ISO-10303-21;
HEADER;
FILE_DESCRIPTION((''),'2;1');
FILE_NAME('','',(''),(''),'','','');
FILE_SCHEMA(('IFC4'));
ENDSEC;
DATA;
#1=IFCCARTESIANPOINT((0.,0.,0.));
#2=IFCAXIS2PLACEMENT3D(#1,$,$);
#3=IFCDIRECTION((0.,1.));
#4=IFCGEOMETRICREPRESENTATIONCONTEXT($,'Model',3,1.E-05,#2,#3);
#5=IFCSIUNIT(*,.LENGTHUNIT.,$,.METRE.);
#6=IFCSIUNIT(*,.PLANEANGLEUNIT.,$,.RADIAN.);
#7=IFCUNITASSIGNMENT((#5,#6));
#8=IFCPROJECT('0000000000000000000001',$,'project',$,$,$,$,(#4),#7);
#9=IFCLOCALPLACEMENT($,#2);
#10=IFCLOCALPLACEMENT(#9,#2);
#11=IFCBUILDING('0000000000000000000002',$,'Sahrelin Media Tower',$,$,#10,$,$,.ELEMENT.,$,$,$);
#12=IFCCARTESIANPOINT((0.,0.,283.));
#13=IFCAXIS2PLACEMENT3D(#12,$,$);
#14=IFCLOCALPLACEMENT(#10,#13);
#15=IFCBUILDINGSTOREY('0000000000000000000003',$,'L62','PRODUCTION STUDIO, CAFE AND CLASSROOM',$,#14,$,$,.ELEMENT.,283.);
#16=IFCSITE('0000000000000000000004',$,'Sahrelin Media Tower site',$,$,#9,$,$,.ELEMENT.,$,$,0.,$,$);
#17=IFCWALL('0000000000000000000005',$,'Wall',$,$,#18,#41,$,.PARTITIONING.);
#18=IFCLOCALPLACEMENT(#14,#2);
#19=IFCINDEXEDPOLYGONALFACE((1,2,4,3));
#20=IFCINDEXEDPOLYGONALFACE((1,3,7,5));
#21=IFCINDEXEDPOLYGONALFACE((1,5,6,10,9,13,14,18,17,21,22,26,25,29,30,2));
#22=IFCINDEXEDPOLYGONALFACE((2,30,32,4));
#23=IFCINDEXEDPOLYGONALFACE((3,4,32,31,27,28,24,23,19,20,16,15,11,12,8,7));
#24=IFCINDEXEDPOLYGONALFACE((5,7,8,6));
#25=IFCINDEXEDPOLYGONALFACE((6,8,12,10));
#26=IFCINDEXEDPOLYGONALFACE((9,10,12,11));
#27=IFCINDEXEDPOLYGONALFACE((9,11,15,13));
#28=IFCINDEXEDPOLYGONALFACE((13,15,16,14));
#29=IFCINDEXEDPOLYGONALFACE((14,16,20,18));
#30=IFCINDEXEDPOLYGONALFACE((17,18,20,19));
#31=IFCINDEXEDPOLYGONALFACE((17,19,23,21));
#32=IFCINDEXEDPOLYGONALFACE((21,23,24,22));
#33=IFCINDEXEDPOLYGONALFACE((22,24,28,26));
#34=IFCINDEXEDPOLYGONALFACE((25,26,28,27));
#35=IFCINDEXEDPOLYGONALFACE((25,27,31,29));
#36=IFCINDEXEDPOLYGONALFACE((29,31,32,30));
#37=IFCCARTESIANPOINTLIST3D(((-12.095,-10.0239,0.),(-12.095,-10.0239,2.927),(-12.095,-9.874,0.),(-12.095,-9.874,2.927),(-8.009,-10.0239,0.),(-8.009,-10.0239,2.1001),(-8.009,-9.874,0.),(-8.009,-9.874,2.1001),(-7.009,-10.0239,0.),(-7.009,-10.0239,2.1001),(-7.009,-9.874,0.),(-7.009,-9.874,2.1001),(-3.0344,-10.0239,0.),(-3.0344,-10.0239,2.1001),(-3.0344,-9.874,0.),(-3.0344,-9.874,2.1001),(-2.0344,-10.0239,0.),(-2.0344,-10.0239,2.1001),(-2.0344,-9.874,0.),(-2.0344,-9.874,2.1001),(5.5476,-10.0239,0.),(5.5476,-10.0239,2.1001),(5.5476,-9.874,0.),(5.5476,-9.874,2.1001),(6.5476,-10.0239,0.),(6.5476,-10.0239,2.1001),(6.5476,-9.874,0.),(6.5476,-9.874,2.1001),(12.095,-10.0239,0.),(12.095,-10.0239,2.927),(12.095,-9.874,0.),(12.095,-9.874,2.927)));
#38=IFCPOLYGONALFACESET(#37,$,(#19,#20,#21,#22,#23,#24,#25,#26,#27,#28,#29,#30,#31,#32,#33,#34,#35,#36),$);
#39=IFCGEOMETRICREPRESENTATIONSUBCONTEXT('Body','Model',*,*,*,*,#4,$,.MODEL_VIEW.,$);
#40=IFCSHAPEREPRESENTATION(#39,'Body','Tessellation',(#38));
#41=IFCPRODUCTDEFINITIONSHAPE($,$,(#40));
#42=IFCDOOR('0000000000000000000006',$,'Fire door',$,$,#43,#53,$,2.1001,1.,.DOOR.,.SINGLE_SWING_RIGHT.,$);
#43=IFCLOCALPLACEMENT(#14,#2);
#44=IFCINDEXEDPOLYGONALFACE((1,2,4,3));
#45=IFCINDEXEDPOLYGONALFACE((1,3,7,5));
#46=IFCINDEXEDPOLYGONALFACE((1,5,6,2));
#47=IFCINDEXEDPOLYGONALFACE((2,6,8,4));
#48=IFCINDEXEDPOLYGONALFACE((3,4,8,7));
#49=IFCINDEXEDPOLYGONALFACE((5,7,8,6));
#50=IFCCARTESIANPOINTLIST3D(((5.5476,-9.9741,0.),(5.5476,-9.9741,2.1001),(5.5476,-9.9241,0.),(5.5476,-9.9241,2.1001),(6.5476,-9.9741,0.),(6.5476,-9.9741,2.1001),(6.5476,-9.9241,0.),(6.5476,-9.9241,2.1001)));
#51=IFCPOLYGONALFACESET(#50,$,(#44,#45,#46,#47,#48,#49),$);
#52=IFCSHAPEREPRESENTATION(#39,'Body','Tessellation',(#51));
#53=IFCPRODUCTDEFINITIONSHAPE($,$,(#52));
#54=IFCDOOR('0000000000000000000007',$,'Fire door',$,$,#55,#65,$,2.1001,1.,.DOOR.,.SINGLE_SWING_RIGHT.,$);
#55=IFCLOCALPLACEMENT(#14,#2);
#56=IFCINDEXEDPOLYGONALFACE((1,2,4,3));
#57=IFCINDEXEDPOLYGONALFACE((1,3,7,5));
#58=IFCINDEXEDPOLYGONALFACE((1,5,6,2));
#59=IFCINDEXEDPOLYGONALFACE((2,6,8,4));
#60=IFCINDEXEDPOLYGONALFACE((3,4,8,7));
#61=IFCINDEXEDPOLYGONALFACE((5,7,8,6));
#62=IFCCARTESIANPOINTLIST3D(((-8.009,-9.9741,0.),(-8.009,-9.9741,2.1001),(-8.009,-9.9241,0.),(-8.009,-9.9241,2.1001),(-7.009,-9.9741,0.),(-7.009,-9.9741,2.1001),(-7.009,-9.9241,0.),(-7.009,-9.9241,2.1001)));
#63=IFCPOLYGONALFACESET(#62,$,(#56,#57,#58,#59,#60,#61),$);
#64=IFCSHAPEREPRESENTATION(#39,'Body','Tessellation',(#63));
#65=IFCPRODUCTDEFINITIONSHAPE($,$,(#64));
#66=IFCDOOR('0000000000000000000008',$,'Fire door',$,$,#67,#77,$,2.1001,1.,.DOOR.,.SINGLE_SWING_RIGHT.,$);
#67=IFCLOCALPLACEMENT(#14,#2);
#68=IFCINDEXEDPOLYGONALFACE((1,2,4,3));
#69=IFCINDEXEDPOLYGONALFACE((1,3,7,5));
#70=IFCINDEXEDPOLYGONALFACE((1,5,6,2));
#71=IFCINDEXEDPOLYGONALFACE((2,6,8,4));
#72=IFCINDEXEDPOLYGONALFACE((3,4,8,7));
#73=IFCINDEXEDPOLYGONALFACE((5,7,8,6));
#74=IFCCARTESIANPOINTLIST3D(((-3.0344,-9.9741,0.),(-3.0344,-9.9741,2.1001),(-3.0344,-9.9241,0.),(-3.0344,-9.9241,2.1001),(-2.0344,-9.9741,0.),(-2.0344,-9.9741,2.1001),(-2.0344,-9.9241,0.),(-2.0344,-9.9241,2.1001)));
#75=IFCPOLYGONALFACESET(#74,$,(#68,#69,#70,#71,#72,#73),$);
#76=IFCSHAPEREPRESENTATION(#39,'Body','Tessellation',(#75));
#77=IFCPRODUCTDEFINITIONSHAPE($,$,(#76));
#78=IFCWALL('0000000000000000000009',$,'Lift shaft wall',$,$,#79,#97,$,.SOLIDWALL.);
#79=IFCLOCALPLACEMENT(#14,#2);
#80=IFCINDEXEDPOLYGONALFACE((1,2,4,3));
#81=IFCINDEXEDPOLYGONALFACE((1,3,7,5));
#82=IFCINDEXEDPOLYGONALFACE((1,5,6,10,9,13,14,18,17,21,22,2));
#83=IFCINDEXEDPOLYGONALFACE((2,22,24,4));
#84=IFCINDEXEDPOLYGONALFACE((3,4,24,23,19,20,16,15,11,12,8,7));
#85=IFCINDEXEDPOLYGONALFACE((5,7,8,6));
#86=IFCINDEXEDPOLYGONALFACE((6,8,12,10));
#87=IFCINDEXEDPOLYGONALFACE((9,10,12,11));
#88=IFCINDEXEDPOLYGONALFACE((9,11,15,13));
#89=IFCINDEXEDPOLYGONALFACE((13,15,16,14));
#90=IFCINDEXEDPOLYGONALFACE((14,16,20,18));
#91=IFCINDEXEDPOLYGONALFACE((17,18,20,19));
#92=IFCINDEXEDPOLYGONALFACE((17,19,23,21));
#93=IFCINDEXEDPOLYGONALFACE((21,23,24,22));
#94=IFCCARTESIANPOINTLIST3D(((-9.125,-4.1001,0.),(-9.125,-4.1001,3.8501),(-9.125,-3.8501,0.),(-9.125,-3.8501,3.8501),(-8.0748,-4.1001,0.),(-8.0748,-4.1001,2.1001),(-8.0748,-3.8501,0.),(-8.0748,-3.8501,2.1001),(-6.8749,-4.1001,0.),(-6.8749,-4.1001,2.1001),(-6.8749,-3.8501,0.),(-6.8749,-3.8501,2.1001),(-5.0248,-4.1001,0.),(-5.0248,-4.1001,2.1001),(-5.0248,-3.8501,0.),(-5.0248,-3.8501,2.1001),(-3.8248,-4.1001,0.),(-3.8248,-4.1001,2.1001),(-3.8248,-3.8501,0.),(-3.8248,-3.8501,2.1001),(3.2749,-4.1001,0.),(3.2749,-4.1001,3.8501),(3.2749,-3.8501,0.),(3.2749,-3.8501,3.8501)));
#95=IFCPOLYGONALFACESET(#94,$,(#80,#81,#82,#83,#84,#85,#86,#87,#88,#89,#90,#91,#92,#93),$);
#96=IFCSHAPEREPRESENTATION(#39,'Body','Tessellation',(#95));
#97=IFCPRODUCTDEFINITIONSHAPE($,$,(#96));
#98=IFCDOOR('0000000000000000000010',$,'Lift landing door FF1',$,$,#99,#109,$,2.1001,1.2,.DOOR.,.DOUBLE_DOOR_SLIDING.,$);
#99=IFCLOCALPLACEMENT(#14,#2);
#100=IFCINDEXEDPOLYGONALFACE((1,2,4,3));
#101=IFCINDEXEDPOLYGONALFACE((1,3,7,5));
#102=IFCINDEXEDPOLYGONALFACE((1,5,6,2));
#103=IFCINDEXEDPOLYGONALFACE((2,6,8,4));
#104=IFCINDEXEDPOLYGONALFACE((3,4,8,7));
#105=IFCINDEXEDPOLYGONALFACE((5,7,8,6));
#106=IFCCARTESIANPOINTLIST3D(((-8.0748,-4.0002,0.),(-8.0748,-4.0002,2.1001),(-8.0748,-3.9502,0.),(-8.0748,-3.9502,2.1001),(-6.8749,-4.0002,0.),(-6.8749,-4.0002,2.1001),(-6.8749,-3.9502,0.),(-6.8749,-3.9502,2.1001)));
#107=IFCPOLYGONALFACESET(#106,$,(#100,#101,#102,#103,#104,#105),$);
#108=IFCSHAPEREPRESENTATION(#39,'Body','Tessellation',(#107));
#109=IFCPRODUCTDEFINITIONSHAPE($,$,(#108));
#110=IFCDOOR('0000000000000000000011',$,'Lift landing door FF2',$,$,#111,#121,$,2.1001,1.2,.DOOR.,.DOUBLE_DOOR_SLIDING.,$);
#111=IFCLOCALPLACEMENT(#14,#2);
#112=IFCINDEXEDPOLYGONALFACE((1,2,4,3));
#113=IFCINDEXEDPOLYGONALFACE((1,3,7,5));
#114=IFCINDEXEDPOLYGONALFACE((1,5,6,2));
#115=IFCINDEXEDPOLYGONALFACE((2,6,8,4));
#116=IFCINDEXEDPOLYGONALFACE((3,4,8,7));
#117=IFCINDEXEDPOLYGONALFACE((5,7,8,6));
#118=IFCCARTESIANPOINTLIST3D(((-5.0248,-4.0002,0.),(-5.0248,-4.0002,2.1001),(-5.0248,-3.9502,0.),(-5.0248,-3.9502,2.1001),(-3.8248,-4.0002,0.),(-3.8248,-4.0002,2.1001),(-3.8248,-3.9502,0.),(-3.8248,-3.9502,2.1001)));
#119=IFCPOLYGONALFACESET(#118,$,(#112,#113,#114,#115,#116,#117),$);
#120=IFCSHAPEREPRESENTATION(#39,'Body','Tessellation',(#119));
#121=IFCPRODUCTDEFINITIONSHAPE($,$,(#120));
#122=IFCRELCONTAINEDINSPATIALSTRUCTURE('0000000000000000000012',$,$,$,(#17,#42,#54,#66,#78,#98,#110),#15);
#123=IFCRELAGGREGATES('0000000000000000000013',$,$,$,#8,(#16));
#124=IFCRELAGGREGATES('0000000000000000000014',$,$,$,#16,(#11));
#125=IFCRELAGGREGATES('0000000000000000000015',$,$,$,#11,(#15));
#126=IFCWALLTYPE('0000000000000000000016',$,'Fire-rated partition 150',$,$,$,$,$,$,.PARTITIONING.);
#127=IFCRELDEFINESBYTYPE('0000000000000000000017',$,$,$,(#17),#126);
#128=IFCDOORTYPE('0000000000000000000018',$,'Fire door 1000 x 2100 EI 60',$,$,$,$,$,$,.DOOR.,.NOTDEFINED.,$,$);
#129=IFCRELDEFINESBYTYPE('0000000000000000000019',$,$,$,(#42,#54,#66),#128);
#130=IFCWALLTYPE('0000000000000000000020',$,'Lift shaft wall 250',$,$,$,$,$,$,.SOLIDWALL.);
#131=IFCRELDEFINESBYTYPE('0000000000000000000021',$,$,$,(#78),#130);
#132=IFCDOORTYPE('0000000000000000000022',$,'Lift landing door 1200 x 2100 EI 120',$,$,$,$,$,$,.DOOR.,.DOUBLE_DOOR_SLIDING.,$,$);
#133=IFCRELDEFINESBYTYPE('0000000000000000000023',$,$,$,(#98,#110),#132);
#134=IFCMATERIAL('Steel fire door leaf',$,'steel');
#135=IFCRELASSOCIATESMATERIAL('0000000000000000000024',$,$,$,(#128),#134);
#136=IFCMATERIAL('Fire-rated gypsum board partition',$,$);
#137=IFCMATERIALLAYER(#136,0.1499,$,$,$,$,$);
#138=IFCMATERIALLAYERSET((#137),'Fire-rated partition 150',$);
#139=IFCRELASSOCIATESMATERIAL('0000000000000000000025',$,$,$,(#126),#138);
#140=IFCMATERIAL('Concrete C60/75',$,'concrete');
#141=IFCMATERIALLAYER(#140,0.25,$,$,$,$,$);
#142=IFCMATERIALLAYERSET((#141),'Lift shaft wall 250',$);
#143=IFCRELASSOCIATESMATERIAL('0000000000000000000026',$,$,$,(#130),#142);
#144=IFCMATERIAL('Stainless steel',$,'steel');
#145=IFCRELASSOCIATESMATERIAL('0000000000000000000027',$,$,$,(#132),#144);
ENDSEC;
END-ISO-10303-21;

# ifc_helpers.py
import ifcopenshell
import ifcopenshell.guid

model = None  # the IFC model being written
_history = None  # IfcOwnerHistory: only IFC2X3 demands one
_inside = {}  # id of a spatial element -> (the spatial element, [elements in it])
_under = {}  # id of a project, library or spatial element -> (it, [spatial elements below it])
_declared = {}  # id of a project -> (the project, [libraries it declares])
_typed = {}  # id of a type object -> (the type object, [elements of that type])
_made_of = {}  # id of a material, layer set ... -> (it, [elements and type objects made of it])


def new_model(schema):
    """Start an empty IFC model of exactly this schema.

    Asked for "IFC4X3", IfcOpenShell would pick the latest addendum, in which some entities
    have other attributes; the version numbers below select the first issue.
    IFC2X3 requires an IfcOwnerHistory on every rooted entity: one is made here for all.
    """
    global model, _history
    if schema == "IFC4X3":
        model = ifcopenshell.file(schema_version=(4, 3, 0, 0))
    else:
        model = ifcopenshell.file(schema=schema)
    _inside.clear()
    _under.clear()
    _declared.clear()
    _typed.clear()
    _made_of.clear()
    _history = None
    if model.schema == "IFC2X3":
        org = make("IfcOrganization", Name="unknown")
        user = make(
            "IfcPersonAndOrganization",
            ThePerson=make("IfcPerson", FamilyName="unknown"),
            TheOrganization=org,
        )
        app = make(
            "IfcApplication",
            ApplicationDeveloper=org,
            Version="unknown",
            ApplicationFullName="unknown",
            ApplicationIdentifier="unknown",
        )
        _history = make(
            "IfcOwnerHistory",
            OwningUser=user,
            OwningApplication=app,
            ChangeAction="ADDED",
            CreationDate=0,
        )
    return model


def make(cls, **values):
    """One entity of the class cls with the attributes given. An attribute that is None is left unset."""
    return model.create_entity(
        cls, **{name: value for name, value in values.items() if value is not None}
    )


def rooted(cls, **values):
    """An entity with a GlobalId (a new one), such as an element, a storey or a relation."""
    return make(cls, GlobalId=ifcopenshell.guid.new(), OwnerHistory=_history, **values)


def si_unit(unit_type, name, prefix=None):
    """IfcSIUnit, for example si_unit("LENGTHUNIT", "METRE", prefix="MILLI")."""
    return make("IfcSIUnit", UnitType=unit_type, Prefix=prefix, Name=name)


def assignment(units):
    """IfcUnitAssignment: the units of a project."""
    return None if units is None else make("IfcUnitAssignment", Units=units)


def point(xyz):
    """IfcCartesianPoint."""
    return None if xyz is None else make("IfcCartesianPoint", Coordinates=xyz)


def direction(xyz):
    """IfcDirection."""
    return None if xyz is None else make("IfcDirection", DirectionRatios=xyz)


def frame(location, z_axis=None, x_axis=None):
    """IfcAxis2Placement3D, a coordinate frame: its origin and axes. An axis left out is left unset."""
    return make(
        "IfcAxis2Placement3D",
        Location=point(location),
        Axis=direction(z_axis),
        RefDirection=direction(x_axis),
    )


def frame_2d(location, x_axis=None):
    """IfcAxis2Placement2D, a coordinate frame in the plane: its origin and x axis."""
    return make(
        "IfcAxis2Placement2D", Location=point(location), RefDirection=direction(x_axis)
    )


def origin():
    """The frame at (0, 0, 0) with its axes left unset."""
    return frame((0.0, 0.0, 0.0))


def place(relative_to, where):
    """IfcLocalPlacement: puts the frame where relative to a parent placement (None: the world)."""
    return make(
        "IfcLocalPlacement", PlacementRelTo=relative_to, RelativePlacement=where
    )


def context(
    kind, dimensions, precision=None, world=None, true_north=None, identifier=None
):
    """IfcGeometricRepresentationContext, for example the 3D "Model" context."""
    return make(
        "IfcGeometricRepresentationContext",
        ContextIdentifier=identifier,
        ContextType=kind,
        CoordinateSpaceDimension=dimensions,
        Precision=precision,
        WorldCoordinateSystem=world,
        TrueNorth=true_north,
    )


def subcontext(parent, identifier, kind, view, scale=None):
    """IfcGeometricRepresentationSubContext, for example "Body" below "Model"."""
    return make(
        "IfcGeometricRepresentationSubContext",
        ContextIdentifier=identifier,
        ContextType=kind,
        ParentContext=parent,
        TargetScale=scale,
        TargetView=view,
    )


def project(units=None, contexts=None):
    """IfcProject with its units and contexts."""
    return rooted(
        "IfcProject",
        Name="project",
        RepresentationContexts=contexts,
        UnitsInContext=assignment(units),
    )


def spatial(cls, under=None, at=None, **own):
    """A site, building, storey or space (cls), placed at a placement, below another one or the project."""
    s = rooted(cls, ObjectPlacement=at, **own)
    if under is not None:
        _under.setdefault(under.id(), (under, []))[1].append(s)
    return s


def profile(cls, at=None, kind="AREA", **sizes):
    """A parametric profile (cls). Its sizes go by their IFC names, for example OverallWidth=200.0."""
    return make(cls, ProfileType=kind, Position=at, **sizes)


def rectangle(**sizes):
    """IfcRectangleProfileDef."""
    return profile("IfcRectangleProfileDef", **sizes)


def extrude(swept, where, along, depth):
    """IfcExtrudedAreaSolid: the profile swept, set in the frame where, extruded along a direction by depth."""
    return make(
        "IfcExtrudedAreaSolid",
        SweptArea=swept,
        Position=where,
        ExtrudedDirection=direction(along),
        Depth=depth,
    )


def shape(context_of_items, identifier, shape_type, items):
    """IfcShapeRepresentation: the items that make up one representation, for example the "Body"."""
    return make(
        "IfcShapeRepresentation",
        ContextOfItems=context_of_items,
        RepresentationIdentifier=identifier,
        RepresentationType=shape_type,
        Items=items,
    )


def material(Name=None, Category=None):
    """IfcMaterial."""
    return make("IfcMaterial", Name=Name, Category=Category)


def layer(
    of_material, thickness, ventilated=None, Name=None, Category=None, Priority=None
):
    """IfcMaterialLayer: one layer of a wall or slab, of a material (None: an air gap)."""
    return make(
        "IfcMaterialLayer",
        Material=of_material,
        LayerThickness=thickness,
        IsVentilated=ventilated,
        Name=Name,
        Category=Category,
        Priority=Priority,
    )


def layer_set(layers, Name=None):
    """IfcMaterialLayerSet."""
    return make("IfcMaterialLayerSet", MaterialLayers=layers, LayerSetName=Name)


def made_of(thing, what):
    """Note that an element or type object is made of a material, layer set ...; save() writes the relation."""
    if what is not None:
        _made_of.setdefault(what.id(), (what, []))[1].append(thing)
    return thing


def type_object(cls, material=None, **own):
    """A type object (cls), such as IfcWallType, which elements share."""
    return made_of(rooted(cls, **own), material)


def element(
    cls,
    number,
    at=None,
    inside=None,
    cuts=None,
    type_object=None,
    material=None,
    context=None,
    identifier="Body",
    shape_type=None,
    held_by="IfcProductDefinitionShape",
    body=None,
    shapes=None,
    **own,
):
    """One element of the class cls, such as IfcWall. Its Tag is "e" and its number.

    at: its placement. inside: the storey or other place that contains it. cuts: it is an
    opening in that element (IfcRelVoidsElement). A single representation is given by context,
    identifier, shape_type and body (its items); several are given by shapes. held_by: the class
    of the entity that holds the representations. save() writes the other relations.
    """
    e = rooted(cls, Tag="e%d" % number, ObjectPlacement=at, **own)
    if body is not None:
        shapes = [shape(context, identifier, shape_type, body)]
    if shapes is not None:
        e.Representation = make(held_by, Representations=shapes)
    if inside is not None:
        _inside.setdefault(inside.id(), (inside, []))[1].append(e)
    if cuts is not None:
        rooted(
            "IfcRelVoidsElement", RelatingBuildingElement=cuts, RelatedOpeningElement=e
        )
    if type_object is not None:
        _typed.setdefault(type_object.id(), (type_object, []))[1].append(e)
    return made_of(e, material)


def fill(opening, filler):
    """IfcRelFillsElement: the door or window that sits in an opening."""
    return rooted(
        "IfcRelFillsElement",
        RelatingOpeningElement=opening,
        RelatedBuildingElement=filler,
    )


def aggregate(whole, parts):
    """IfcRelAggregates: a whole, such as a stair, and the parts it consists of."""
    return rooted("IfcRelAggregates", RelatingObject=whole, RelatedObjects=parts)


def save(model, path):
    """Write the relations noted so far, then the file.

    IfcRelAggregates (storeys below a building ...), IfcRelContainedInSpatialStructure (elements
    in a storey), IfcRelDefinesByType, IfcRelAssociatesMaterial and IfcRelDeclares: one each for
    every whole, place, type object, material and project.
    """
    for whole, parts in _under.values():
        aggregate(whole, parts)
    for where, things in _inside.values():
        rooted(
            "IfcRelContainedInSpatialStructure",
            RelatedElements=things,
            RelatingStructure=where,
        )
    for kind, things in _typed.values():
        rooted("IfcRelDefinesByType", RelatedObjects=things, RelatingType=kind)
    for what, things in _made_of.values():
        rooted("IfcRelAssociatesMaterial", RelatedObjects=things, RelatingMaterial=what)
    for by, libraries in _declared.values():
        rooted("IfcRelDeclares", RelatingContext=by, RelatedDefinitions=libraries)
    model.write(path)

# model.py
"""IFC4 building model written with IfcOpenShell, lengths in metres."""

from ifc_helpers import new_model, si_unit, direction, frame, frame_2d, origin, place, context, subcontext, project, spatial, rectangle, extrude, material, layer, layer_set, type_object, element, fill, save


model = new_model("IFC4")

# Units and contexts
model_context = context("Model", 3, precision=1e-05, world=origin(), true_north=direction((0.0, 1.0)))
body_context = subcontext(model_context, "Body", "Model", "MODEL_VIEW")
ifc_project = project(units=[si_unit("LENGTHUNIT", "METRE"), si_unit("PLANEANGLEUNIT", "RADIAN")], contexts=[model_context])

# Site, building, storey
site_placement = place(None, origin())
site = spatial("IfcSite", under=ifc_project, at=site_placement, Name="Sahrelin Media Tower site", CompositionType="ELEMENT", RefElevation=0.0)
building_placement = place(site_placement, origin())
building = spatial("IfcBuilding", under=site, at=building_placement, Name="Sahrelin Media Tower", CompositionType="ELEMENT")
storey_placement = place(building_placement, frame((0.0, 0.0, 283.0)))
storey = spatial("IfcBuildingStorey", under=building, at=storey_placement, Name="L62", Description="PRODUCTION STUDIO, CAFE AND CLASSROOM", CompositionType="ELEMENT", Elevation=283.0)

# Shared definitions
ifc_material_1 = material(Name="Concrete C60/75", Category="concrete")

# Shared definitions
ifc_material_2 = material(Name="Steel fire door leaf", Category="steel")
door_type_1 = type_object("IfcDoorType", Name="Fire door 1000 x 2100 EI 60", OperationType="NOTDEFINED", PredefinedType="DOOR", material=ifc_material_2)

# Shared definitions
ifc_material_3 = material(Name="Fire-rated gypsum board partition")
ifc_layer_1 = layer(ifc_material_3, 0.1499)
ifc_layer_set_1 = layer_set([ifc_layer_1], Name="Fire-rated partition 150")
wall_type_1 = type_object("IfcWallType", Name="Fire-rated partition 150", PredefinedType="PARTITIONING", material=ifc_layer_set_1)

# Walls, openings, doors
wall_1_placement = place(storey_placement, frame((-12.095, -9.949, 0.0), z_axis=(0.0, 0.0, 1.0), x_axis=(1.0, 0.0, 0.0)))
wall_1 = element("IfcWall", 1, at=wall_1_placement, inside=storey, type_object=wall_type_1, Name="Wall", PredefinedType="PARTITIONING", context=body_context, shape_type="SweptSolid", body=[
    extrude(rectangle(XDim=24.1899, YDim=0.1499, at=frame_2d((12.095, 0.0))), origin(), (0.0, 0.0, 1.0), 2.927),
])
opening_1_placement = place(wall_1_placement, frame((17.6426, 0.0, 0.0)))
opening_1 = element("IfcOpeningElement", 2, at=opening_1_placement, cuts=wall_1, PredefinedType="OPENING", context=body_context, shape_type="SweptSolid", body=[
    extrude(rectangle(XDim=1.0, YDim=2.1001, at=frame_2d((0.5, 1.05))), frame((0.0, 0.075, 0.0), z_axis=(0.0, -1.0, 0.0), x_axis=(1.0, 0.0, 0.0)), (0.0, 0.0, 1.0), 0.1499),
])
opening_2_placement = place(wall_1_placement, frame((4.0859, 0.0, 0.0)))
opening_2 = element("IfcOpeningElement", 3, at=opening_2_placement, cuts=wall_1, PredefinedType="OPENING", context=body_context, shape_type="SweptSolid", body=[
    extrude(rectangle(XDim=1.0, YDim=2.1001, at=frame_2d((0.5, 1.05))), frame((0.0, 0.075, 0.0), z_axis=(0.0, -1.0, 0.0), x_axis=(1.0, 0.0, 0.0)), (0.0, 0.0, 1.0), 0.1499),
])
opening_3_placement = place(wall_1_placement, frame((9.0605, 0.0, 0.0)))
opening_3 = element("IfcOpeningElement", 4, at=opening_3_placement, cuts=wall_1, PredefinedType="OPENING", context=body_context, shape_type="SweptSolid", body=[
    extrude(rectangle(XDim=1.0, YDim=2.1001, at=frame_2d((0.5, 1.05))), frame((0.0, 0.075, 0.0), z_axis=(0.0, -1.0, 0.0), x_axis=(1.0, 0.0, 0.0)), (0.0, 0.0, 1.0), 0.1499),
])
door_1_placement = place(opening_1_placement, origin())
door_1 = element("IfcDoor", 5, at=door_1_placement, inside=storey, type_object=door_type_1, Name="Fire door", OperationType="SINGLE_SWING_RIGHT", OverallHeight=2.1001, OverallWidth=1.0, PredefinedType="DOOR", context=body_context, shape_type="SweptSolid", body=[
    extrude(rectangle(XDim=1.0, YDim=2.1001, at=frame_2d((0.5, 1.05))), frame((0.0, 0.0249, 0.0), z_axis=(0.0, -1.0, 0.0), x_axis=(1.0, 0.0, 0.0)), (0.0, 0.0, 1.0), 0.05),
])
fill(opening_1, door_1)
door_2_placement = place(opening_2_placement, origin())
door_2 = element("IfcDoor", 6, at=door_2_placement, inside=storey, type_object=door_type_1, Name="Fire door", OperationType="SINGLE_SWING_RIGHT", OverallHeight=2.1001, OverallWidth=1.0, PredefinedType="DOOR", context=body_context, shape_type="SweptSolid", body=[
    extrude(rectangle(XDim=1.0, YDim=2.1001, at=frame_2d((0.5, 1.05))), frame((0.0, 0.0249, 0.0), z_axis=(0.0, -1.0, 0.0), x_axis=(1.0, 0.0, 0.0)), (0.0, 0.0, 1.0), 0.05),
])
fill(opening_2, door_2)
door_3_placement = place(opening_3_placement, origin())
door_3 = element("IfcDoor", 7, at=door_3_placement, inside=storey, type_object=door_type_1, Name="Fire door", OperationType="SINGLE_SWING_RIGHT", OverallHeight=2.1001, OverallWidth=1.0, PredefinedType="DOOR", context=body_context, shape_type="SweptSolid", body=[
    extrude(rectangle(XDim=1.0, YDim=2.1001, at=frame_2d((0.5, 1.05))), frame((0.0, 0.0249, 0.0), z_axis=(0.0, -1.0, 0.0), x_axis=(1.0, 0.0, 0.0)), (0.0, 0.0, 1.0), 0.05),
])
fill(opening_3, door_3)
ifc_layer_2 = layer(ifc_material_1, 0.25)
ifc_layer_set_2 = layer_set([ifc_layer_2], Name="Lift shaft wall 250")
wall_type_2 = type_object("IfcWallType", Name="Lift shaft wall 250", PredefinedType="SOLIDWALL", material=ifc_layer_set_2)
wall_2_placement = place(storey_placement, frame((-9.125, -3.9751, 0.0), z_axis=(0.0, 0.0, 1.0), x_axis=(1.0, 0.0, 0.0)))
wall_2 = element("IfcWall", 8, at=wall_2_placement, inside=storey, type_object=wall_type_2, Name="Lift shaft wall", PredefinedType="SOLIDWALL", context=body_context, shape_type="SweptSolid", body=[
    extrude(rectangle(XDim=12.3999, YDim=0.25, at=frame_2d((6.2, 0.0))), origin(), (0.0, 0.0, 1.0), 3.8501),
])
opening_4_placement = place(wall_2_placement, frame((1.05, 0.0, 0.0)))
opening_4 = element("IfcOpeningElement", 9, at=opening_4_placement, cuts=wall_2, PredefinedType="OPENING", context=body_context, shape_type="SweptSolid", body=[
    extrude(rectangle(XDim=1.2, YDim=2.1001, at=frame_2d((0.6001, 1.05))), frame((0.0, 0.125, 0.0), z_axis=(0.0, -1.0, 0.0), x_axis=(1.0, 0.0, 0.0)), (0.0, 0.0, 1.0), 0.25),
])
opening_5_placement = place(wall_2_placement, frame((4.1001, 0.0, 0.0)))
opening_5 = element("IfcOpeningElement", 10, at=opening_5_placement, cuts=wall_2, PredefinedType="OPENING", context=body_context, shape_type="SweptSolid", body=[
    extrude(rectangle(XDim=1.2, YDim=2.1001, at=frame_2d((0.6001, 1.05))), frame((0.0, 0.125, 0.0), z_axis=(0.0, -1.0, 0.0), x_axis=(1.0, 0.0, 0.0)), (0.0, 0.0, 1.0), 0.25),
])
ifc_material_4 = material(Name="Stainless steel", Category="steel")
door_type_2 = type_object("IfcDoorType", Name="Lift landing door 1200 x 2100 EI 120", OperationType="DOUBLE_DOOR_SLIDING", PredefinedType="DOOR", material=ifc_material_4)
door_4_placement = place(opening_4_placement, origin())
door_4 = element("IfcDoor", 11, at=door_4_placement, inside=storey, type_object=door_type_2, Name="Lift landing door FF1", OperationType="DOUBLE_DOOR_SLIDING", OverallHeight=2.1001, OverallWidth=1.2, PredefinedType="DOOR", context=body_context, shape_type="SweptSolid", body=[
    extrude(rectangle(XDim=1.2, YDim=2.1001, at=frame_2d((0.6001, 1.05))), frame((0.0, 0.0249, 0.0), z_axis=(0.0, -1.0, 0.0), x_axis=(1.0, 0.0, 0.0)), (0.0, 0.0, 1.0), 0.05),
])
fill(opening_4, door_4)
door_5_placement = place(opening_5_placement, origin())
door_5 = element("IfcDoor", 12, at=door_5_placement, inside=storey, type_object=door_type_2, Name="Lift landing door FF2", OperationType="DOUBLE_DOOR_SLIDING", OverallHeight=2.1001, OverallWidth=1.2, PredefinedType="DOOR", context=body_context, shape_type="SweptSolid", body=[
    extrude(rectangle(XDim=1.2, YDim=2.1001, at=frame_2d((0.6001, 1.05))), frame((0.0, 0.0249, 0.0), z_axis=(0.0, -1.0, 0.0), x_axis=(1.0, 0.0, 0.0)), (0.0, 0.0, 1.0), 0.05),
])
fill(opening_5, door_5)

save(model, "model.ifc")
